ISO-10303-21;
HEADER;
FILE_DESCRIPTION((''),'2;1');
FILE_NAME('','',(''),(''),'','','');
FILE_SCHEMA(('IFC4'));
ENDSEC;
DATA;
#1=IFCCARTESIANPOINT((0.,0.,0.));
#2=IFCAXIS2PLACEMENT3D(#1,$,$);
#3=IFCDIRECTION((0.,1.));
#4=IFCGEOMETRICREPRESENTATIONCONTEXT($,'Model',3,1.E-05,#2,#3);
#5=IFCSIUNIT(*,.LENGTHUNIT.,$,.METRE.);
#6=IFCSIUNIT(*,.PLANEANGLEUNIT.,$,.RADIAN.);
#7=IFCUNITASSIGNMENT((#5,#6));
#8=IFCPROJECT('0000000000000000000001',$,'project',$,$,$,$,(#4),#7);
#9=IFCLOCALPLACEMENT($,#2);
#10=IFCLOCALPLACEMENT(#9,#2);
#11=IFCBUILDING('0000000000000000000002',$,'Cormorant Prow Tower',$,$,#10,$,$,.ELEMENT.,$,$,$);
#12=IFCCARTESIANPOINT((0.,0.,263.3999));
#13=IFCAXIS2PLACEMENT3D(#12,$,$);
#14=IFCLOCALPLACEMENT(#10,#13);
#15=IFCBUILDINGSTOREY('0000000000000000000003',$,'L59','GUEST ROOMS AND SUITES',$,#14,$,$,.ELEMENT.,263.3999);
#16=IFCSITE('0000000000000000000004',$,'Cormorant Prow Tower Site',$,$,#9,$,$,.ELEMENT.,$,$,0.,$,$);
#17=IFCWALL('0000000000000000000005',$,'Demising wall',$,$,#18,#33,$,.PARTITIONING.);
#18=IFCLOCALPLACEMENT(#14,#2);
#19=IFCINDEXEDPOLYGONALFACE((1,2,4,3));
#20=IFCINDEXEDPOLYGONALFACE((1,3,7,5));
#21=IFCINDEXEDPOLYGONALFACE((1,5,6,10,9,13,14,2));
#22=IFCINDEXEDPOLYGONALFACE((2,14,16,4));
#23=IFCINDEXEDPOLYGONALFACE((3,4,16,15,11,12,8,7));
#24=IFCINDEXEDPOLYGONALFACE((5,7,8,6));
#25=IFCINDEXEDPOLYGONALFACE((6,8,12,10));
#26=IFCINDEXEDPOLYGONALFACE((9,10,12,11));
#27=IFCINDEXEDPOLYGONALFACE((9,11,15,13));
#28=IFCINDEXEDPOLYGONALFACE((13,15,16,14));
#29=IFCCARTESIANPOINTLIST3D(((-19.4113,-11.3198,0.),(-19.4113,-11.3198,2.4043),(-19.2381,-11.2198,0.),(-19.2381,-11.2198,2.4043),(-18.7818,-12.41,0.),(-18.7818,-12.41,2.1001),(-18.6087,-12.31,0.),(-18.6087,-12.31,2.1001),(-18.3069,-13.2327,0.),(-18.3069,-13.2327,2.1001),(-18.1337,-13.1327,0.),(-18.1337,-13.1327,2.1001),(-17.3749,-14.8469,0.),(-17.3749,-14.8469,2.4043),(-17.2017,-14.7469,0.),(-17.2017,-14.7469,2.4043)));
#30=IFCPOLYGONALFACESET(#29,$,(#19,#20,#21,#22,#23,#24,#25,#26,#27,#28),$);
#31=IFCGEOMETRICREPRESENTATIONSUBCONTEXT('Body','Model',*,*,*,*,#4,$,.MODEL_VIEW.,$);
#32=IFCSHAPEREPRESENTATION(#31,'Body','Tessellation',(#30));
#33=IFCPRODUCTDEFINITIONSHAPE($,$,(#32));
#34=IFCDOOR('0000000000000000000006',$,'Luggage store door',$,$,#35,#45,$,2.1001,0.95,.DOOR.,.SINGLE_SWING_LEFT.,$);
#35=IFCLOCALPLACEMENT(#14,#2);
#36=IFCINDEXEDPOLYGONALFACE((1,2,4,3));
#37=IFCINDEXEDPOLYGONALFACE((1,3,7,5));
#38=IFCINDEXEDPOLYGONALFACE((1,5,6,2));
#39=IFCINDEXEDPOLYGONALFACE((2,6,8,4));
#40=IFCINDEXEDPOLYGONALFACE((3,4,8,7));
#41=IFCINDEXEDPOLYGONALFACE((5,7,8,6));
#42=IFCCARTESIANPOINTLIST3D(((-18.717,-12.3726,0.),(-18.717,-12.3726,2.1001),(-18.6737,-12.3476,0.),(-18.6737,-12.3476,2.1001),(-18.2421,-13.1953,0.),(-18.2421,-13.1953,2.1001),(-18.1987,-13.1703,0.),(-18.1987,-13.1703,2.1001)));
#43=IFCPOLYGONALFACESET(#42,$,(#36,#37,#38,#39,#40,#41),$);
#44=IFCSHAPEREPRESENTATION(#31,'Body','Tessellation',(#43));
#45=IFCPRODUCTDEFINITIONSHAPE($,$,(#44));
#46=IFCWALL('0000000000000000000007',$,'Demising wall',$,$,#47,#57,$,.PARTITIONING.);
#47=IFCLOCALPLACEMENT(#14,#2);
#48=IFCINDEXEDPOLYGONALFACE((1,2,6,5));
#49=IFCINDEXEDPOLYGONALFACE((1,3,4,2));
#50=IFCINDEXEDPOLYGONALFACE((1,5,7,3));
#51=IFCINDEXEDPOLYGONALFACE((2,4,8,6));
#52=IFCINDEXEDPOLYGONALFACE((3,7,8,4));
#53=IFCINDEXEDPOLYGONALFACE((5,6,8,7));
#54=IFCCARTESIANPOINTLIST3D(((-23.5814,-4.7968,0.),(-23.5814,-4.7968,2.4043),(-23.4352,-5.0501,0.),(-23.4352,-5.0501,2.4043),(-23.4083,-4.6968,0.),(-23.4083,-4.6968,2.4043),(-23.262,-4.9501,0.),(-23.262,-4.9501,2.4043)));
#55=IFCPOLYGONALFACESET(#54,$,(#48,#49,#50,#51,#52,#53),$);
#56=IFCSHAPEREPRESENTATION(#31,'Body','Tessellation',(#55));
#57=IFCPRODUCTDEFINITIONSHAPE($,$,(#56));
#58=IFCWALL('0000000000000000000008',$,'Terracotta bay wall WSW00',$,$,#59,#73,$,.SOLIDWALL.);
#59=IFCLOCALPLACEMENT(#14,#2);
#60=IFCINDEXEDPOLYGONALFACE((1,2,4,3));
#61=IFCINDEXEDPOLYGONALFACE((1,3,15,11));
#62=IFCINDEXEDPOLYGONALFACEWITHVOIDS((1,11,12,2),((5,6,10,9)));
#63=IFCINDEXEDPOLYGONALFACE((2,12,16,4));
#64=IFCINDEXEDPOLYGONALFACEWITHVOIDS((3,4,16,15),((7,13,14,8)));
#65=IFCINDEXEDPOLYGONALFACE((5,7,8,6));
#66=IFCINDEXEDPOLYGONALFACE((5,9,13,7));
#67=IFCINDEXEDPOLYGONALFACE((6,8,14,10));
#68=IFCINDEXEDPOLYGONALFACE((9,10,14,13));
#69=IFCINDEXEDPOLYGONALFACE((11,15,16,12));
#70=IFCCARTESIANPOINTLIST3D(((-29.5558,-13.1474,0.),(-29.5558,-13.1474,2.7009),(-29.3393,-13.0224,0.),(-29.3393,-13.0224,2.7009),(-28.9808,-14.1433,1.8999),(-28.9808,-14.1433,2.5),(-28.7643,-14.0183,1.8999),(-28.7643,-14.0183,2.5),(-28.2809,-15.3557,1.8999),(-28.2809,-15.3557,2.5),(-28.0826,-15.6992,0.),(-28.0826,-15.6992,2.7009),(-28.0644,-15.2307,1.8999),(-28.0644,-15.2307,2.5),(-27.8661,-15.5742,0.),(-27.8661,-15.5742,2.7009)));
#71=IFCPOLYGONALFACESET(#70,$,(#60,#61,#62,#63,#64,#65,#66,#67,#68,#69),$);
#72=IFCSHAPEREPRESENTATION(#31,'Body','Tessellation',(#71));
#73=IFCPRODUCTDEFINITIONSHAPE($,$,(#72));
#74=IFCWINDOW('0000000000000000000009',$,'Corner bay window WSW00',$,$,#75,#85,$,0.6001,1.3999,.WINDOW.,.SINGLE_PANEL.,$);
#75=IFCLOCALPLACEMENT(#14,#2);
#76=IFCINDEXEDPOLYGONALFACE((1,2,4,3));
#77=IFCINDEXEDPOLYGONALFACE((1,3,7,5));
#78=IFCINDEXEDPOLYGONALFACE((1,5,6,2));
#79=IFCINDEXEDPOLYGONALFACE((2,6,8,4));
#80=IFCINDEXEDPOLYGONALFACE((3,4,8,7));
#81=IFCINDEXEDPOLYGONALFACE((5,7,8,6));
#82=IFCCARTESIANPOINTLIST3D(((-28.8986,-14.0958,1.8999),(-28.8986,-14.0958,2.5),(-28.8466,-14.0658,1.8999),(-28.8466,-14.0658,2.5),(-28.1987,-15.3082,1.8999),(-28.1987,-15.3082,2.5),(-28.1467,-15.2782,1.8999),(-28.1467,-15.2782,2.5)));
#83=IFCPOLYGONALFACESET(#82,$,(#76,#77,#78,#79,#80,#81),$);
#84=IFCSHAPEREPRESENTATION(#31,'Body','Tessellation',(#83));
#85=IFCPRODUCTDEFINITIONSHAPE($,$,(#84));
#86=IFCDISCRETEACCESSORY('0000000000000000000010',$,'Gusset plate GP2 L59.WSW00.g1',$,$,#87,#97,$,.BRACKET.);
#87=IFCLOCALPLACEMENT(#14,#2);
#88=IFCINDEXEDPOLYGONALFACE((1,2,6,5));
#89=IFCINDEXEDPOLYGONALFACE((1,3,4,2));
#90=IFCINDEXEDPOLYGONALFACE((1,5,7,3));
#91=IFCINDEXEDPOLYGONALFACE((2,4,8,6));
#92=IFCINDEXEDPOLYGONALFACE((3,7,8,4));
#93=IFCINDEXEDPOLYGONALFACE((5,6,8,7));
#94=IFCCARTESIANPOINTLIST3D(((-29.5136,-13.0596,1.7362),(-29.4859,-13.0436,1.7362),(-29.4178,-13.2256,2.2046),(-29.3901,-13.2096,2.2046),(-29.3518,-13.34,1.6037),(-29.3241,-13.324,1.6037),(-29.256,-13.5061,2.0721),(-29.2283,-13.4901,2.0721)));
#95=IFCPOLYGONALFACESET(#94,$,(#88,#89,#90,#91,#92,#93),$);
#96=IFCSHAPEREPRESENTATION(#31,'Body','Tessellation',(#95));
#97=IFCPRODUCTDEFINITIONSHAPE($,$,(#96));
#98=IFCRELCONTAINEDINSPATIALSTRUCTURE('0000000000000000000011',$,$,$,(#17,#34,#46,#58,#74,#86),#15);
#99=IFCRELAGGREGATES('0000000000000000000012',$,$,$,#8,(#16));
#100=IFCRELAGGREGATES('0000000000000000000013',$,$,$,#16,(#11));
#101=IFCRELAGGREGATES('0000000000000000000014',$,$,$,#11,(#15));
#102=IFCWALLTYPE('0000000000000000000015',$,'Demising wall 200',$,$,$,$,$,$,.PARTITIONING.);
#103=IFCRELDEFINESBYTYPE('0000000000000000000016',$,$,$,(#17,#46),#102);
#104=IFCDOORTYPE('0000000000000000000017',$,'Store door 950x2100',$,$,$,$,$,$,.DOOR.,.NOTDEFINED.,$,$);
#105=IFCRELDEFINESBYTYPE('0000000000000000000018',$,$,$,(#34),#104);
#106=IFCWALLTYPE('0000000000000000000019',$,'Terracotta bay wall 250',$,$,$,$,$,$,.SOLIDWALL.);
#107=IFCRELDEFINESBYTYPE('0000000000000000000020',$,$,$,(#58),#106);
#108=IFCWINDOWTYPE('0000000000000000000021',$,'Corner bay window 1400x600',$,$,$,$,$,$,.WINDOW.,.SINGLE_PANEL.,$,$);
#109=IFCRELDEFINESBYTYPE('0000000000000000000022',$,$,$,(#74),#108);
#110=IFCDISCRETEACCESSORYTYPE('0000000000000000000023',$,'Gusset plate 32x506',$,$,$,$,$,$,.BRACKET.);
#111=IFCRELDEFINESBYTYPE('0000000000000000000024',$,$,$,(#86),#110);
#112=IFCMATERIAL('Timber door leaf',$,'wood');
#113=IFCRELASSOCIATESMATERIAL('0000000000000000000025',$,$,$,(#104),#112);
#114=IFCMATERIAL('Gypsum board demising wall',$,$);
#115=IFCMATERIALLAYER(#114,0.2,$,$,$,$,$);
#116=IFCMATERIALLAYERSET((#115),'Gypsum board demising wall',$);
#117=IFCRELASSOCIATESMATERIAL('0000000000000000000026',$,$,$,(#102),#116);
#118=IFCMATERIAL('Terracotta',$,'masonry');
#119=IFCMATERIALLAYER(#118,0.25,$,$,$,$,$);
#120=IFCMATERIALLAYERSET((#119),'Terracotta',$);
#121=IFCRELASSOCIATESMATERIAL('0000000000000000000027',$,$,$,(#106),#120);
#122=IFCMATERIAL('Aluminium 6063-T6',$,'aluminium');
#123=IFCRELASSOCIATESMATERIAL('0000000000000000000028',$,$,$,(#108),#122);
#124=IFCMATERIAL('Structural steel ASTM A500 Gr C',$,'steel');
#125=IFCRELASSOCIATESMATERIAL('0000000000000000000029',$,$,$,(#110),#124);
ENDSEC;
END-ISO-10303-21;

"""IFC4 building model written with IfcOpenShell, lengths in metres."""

from ifc_helpers import new_model, si_unit, direction, frame, frame_2d, origin, origin_2d, place, context, subcontext, project, spatial, rectangle, extrude, material, layer, layer_set, material_profile, profile_set, type_object, element, fill, save


model = new_model("IFC4")

# Units and contexts
model_context = context("Model", 3, precision=1e-05, world=origin(), true_north=direction((0.0, 1.0)))
body_context = subcontext(model_context, "Body", "Model", "MODEL_VIEW")
ifc_project = project(units=[si_unit("LENGTHUNIT", "METRE"), si_unit("PLANEANGLEUNIT", "RADIAN")], contexts=[model_context])

# Site, building, storey
site_placement = place(None, origin())
site = spatial("IfcSite", under=ifc_project, at=site_placement, Name="Cormorant Prow Tower Site", CompositionType="ELEMENT", RefElevation=0.0)
building_placement = place(site_placement, origin())
building = spatial("IfcBuilding", under=site, at=building_placement, Name="Cormorant Prow Tower", CompositionType="ELEMENT")
storey_placement = place(building_placement, frame((0.0, 0.0, 263.3999)))
storey = spatial("IfcBuildingStorey", under=building, at=storey_placement, Name="L59", Description="GUEST ROOMS AND SUITES", CompositionType="ELEMENT", Elevation=263.3999)

# Shared definitions
ifc_material_1 = material(Name="Timber door leaf", Category="wood")
door_type_1 = type_object("IfcDoorType", Name="Store door 950x2100", OperationType="NOTDEFINED", PredefinedType="DOOR", material=ifc_material_1)

# Shared definitions
ifc_material_2 = material(Name="Gypsum board demising wall")
ifc_layer_1 = layer(ifc_material_2, 0.2)
ifc_layer_set_1 = layer_set([ifc_layer_1], Name="Gypsum board demising wall")
wall_type_1 = type_object("IfcWallType", Name="Demising wall 200", PredefinedType="PARTITIONING", material=ifc_layer_set_1)

# Wall, opening, door
wall_1_placement = place(storey_placement, frame((-19.3247, -11.2698, 0.0), z_axis=(0.0, 0.0, 1.0), x_axis=(0.500001, -0.866025, 0.0)))
wall_1 = element("IfcWall", 1, at=wall_1_placement, inside=storey, type_object=wall_type_1, Name="Demising wall", PredefinedType="PARTITIONING", context=body_context, shape_type="SweptSolid", body=[
    extrude(rectangle(XDim=4.0728, YDim=0.2, at=frame_2d((2.0364, 0.0))), origin(), (0.0, 0.0, 1.0), 2.4043),
])
opening_1_placement = place(wall_1_placement, frame((1.2588, 0.0, 0.0)))
opening_1 = element("IfcOpeningElement", 2, at=opening_1_placement, cuts=wall_1, PredefinedType="OPENING", context=body_context, shape_type="SweptSolid", body=[
    extrude(rectangle(XDim=0.95, YDim=2.1001, at=frame_2d((0.4751, 1.05))), frame((0.0, 0.1099, 0.0), z_axis=(0.0, -1.0, 0.0), x_axis=(1.0, 0.0, 0.0)), (0.0, 0.0, 1.0), 0.22),
])
door_1_placement = place(opening_1_placement, origin())
door_1 = element("IfcDoor", 3, at=door_1_placement, inside=storey, type_object=door_type_1, Name="Luggage store door", OperationType="SINGLE_SWING_LEFT", OverallHeight=2.1001, OverallWidth=0.95, PredefinedType="DOOR", context=body_context, shape_type="SweptSolid", body=[
    extrude(rectangle(XDim=0.95, YDim=2.1001, at=frame_2d((0.4751, 1.05))), frame((0.0, 0.0249, 0.0), z_axis=(0.0, -1.0, 0.0), x_axis=(1.0, 0.0, 0.0)), (0.0, 0.0, 1.0), 0.05),
])
fill(opening_1, door_1)

# Wall
wall_2_placement = place(storey_placement, frame((-23.4949, -4.7468, 0.0), z_axis=(0.0, 0.0, 1.0), x_axis=(0.50018, -0.865921, 0.0)))
element("IfcWall", 4, at=wall_2_placement, inside=storey, type_object=wall_type_1, Name="Demising wall", PredefinedType="PARTITIONING", context=body_context, shape_type="SweptSolid", body=[
    extrude(rectangle(XDim=0.2925, YDim=0.2, at=frame_2d((0.1462, 0.0))), origin(), (0.0, 0.0, 1.0), 2.4043),
])

# Wall, opening, window
ifc_material_3 = material(Name="Terracotta", Category="masonry")
ifc_layer_2 = layer(ifc_material_3, 0.25)
ifc_layer_set_2 = layer_set([ifc_layer_2], Name="Terracotta")
wall_type_2 = type_object("IfcWallType", Name="Terracotta bay wall 250", PredefinedType="SOLIDWALL", material=ifc_layer_set_2)
wall_3_placement = place(storey_placement, frame((-29.4475, -13.085, 0.0), z_axis=(0.0, 0.0, 1.0), x_axis=(0.499971, -0.866042, 0.0)))
wall_3 = element("IfcWall", 5, at=wall_3_placement, inside=storey, type_object=wall_type_2, Name="Terracotta bay wall WSW00", PredefinedType="SOLIDWALL", context=body_context, shape_type="SweptSolid", body=[
    extrude(rectangle(XDim=2.9465, YDim=0.25, at=frame_2d((1.4731, 0.0))), origin(), (0.0, 0.0, 1.0), 2.7009),
])
opening_2_placement = place(wall_3_placement, frame((1.1499, 0.0, 1.8999)))
opening_2 = element("IfcOpeningElement", 6, at=opening_2_placement, cuts=wall_3, PredefinedType="OPENING", context=body_context, shape_type="SweptSolid", body=[
    extrude(rectangle(XDim=1.3999, YDim=0.6001, at=frame_2d((0.7, 0.3))), frame((0.0, 0.135, 0.0), z_axis=(0.0, -1.0, 0.0), x_axis=(1.0, 0.0, 0.0)), (0.0, 0.0, 1.0), 0.27),
])
ifc_material_4 = material(Name="Aluminium 6063-T6", Category="aluminium")
window_type = type_object("IfcWindowType", Name="Corner bay window 1400x600", PartitioningType="SINGLE_PANEL", PredefinedType="WINDOW", material=ifc_material_4)
window_placement = place(opening_2_placement, origin())
window = element("IfcWindow", 7, at=window_placement, inside=storey, type_object=window_type, Name="Corner bay window WSW00", OverallHeight=0.6001, OverallWidth=1.3999, PartitioningType="SINGLE_PANEL", PredefinedType="WINDOW", context=body_context, shape_type="SweptSolid", body=[
    extrude(rectangle(XDim=1.3999, YDim=0.6001, at=frame_2d((0.7, 0.3))), frame((0.0, 0.03, 0.0), z_axis=(0.0, -1.0, 0.0), x_axis=(1.0, 0.0, 0.0)), (0.0, 0.0, 1.0), 0.0601),
])
fill(opening_2, window)

# Discrete accessory
ifc_material_5 = material(Name="Structural steel ASTM A500 Gr C", Category="steel")
ifc_material_profile_1 = material_profile(ifc_material_5, rectangle(XDim=0.032, YDim=0.5061, at=origin_2d()), Name="Gusset plate 32x506")
ifc_profile_set_1 = profile_set([ifc_material_profile_1], Name="Structural steel ASTM A500 Gr C")
discrete_accessory_type = type_object("IfcDiscreteAccessoryType", Name="Gusset plate 32x506", PredefinedType="BRACKET", material=ifc_profile_set_1)
discrete_accessory_placement = place(storey_placement, frame((-29.29, -13.415, 1.8379), z_axis=(-0.462538, 0.801594, 0.378821), x_axis=(-0.866148, -0.499788, 0.0)))
element("IfcDiscreteAccessory", 8, at=discrete_accessory_placement, inside=storey, type_object=discrete_accessory_type, Name="Gusset plate GP2 L59.WSW00.g1", PredefinedType="BRACKET", context=body_context, shape_type="SweptSolid", body=[
    extrude(rectangle(XDim=0.032, YDim=0.5061, at=origin_2d()), origin(), (0.0, 0.0, 1.0), 0.3499),
])

save(model, "model.ifc")
